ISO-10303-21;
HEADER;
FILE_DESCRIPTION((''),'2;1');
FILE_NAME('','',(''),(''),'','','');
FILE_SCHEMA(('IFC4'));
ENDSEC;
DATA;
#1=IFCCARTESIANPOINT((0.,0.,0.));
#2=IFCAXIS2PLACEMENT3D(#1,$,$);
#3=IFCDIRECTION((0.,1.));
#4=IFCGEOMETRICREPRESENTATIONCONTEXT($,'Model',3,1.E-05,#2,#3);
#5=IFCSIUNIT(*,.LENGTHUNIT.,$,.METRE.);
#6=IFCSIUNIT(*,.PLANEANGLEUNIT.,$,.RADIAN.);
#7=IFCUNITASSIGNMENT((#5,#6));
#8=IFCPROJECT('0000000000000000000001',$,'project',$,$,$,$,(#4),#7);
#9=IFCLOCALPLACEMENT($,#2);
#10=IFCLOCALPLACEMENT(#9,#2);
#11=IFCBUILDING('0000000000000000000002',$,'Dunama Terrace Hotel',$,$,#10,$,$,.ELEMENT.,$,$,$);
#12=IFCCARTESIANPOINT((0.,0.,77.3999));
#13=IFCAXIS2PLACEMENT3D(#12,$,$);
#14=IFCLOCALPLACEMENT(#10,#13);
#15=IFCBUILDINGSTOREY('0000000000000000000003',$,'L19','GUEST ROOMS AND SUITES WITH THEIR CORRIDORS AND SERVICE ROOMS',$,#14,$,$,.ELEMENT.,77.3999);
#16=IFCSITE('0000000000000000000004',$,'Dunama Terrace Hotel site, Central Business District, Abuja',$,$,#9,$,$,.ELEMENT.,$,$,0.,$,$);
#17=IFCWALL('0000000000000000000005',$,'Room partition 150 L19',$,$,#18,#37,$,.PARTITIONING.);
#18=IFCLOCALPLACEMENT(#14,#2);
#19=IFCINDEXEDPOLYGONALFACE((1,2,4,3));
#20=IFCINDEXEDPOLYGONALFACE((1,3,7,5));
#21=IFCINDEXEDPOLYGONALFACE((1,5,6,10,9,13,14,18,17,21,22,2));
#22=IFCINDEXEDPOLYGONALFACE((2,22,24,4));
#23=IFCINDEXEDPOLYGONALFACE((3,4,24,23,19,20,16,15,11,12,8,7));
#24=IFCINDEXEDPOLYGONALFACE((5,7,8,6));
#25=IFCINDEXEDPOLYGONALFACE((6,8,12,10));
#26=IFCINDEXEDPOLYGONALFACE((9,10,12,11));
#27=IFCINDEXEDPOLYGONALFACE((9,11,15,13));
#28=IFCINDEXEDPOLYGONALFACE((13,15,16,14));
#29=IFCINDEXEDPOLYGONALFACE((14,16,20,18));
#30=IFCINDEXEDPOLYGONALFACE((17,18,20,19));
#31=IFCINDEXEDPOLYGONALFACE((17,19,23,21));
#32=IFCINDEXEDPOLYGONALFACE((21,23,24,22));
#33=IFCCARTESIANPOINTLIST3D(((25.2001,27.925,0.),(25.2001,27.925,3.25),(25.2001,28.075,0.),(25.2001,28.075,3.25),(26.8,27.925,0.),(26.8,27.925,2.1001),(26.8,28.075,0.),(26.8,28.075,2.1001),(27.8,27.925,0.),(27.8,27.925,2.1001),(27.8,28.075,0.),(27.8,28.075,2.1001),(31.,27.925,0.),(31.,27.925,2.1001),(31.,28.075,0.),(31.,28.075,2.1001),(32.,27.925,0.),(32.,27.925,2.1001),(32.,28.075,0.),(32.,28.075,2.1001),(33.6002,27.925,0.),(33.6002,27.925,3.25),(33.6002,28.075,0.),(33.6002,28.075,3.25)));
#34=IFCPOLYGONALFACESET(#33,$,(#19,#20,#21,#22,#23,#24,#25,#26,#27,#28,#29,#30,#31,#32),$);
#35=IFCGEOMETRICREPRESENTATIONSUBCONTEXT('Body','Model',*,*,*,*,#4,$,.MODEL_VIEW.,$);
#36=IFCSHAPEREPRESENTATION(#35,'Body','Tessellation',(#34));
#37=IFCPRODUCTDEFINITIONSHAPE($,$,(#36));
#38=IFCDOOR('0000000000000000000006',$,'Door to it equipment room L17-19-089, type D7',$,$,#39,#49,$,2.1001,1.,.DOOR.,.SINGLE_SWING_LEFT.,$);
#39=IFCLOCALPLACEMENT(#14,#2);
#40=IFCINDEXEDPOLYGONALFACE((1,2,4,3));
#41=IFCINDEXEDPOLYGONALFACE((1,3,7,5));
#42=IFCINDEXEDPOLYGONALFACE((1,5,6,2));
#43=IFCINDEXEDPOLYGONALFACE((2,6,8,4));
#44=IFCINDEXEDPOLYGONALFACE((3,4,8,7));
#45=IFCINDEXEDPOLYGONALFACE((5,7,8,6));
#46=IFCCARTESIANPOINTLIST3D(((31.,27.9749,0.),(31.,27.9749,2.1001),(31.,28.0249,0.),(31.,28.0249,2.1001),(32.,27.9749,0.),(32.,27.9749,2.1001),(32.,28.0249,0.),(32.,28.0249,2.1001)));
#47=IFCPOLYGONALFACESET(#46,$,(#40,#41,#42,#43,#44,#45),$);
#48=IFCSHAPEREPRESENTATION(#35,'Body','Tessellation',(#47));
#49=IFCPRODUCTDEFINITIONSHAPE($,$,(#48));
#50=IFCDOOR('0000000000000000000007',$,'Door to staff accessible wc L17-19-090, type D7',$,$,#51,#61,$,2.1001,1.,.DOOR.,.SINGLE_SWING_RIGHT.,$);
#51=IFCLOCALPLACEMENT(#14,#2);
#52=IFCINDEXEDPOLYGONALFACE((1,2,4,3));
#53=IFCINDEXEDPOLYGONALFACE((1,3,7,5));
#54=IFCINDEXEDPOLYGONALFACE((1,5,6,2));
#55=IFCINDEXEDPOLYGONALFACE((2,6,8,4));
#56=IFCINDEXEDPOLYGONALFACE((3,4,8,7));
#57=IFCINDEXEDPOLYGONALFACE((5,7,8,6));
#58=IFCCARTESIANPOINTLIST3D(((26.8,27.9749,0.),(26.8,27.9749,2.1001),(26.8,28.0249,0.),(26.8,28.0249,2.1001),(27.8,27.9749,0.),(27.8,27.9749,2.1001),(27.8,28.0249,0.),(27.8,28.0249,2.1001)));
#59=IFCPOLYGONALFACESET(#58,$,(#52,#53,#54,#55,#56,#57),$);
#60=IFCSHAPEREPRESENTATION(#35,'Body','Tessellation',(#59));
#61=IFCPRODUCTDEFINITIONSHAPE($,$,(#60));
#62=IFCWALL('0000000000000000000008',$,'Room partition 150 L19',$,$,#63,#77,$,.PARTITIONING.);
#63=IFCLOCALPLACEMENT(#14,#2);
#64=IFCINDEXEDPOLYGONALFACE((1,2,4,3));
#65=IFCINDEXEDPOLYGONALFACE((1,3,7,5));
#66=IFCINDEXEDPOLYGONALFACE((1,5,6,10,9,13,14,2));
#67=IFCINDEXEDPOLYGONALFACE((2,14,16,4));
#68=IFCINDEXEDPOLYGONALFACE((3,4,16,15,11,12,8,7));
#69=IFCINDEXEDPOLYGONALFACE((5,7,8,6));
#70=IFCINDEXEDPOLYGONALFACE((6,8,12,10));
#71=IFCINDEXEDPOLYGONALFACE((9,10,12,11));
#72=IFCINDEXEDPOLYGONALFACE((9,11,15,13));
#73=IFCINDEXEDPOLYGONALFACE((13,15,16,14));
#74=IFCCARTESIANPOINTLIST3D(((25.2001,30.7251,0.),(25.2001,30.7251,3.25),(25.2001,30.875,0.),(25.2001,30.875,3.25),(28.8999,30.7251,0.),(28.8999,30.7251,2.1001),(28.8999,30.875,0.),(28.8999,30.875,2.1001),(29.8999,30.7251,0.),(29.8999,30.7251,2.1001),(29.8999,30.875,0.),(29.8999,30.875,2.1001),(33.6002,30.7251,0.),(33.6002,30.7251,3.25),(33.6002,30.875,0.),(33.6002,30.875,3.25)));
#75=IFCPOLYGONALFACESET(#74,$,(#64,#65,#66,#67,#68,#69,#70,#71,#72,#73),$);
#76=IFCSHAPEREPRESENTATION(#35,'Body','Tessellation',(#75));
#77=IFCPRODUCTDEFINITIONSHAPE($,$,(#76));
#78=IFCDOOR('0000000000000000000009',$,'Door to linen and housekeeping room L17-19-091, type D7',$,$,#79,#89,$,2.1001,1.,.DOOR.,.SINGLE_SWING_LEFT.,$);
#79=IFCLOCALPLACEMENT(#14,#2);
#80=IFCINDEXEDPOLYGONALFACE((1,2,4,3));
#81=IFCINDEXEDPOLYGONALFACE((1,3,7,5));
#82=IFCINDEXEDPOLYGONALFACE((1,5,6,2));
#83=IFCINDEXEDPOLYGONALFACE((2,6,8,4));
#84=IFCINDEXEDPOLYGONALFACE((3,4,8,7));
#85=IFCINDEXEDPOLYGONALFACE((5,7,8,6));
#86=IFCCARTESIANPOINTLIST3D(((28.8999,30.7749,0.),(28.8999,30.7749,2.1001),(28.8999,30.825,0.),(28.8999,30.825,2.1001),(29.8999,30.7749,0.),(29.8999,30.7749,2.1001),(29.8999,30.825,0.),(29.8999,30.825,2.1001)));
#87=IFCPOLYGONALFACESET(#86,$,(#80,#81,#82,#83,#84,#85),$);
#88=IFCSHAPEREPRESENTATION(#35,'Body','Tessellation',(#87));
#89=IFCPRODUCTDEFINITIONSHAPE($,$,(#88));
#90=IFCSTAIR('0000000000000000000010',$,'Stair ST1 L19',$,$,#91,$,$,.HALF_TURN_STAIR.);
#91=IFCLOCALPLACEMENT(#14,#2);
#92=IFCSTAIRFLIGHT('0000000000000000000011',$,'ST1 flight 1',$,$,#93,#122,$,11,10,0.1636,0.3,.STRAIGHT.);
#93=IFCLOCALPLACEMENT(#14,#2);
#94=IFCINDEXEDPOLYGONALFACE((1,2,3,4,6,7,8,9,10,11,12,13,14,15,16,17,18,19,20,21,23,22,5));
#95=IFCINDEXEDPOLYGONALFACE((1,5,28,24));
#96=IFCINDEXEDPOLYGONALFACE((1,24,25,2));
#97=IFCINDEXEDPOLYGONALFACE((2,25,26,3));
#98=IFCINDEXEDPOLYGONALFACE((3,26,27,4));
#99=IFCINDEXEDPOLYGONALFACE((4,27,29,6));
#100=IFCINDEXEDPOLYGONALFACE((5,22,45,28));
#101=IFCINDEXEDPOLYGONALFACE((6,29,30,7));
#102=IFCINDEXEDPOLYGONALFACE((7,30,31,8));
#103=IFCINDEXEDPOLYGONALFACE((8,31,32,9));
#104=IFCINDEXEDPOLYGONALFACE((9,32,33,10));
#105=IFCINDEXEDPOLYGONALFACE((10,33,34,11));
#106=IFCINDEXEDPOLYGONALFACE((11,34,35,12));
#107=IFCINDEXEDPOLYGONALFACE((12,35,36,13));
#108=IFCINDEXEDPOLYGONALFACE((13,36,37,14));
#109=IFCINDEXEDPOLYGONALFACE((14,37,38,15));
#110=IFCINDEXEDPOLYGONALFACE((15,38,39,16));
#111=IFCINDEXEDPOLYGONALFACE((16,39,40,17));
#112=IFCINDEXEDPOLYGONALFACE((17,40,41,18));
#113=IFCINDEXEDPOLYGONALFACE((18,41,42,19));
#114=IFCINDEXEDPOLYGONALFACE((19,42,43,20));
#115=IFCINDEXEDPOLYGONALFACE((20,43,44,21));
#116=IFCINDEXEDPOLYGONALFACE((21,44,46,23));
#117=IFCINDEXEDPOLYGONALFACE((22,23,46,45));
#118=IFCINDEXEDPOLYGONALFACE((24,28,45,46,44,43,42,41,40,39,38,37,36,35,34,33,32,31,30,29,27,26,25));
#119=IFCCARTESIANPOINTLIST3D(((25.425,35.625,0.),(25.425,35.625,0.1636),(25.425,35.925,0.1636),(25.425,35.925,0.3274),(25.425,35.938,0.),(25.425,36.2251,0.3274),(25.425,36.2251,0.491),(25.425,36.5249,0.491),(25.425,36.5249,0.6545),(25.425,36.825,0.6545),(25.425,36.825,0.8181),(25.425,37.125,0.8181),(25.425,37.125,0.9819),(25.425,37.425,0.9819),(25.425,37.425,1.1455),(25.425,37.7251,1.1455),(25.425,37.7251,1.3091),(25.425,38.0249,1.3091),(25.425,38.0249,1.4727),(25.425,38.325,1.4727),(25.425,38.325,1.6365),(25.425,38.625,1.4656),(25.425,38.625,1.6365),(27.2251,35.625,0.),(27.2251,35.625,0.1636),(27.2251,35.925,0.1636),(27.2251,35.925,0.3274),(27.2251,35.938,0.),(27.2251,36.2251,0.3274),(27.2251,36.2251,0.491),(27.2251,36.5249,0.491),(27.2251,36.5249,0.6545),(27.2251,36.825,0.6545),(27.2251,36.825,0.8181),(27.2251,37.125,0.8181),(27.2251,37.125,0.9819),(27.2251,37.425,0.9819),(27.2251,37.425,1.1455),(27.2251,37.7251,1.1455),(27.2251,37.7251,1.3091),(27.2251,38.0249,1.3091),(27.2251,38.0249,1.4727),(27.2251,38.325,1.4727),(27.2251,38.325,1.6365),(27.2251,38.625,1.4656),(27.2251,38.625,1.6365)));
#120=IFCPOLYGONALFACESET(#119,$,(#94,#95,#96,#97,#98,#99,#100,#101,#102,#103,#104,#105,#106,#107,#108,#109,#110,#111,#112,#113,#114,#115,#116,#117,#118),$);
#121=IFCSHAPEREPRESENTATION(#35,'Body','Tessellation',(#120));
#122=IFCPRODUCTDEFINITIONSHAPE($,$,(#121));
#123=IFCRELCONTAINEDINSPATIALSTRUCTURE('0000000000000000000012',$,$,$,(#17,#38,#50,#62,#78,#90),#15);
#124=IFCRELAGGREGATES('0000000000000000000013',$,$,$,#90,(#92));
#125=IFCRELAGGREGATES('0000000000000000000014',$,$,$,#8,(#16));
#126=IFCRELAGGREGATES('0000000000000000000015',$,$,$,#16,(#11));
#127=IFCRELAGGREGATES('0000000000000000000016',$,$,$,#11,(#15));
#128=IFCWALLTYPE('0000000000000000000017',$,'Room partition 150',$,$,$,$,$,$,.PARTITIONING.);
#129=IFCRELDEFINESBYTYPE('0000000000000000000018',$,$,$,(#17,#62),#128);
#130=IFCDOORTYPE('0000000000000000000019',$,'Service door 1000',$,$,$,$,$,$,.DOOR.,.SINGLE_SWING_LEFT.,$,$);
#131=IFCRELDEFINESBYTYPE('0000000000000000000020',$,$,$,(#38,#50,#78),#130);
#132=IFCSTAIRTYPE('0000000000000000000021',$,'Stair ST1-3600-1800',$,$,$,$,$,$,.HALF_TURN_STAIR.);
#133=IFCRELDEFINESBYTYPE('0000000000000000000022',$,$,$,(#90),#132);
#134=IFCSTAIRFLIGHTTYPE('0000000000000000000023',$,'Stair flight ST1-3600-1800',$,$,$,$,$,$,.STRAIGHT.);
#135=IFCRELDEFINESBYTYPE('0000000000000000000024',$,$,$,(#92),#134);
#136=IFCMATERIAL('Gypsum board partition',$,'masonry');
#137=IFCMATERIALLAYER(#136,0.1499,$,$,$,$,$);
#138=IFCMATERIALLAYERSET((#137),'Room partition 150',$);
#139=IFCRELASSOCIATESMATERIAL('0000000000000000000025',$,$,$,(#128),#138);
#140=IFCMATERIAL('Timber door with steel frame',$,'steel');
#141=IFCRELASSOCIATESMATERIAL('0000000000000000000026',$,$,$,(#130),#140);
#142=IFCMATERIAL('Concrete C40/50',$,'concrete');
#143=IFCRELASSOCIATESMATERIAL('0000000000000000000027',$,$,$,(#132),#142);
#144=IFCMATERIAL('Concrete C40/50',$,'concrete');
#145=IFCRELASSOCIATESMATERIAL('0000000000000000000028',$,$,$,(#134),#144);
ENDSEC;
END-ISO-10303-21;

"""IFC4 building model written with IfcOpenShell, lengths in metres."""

from ifc_helpers import new_model, si_unit, direction, frame, frame_2d, origin, place, context, subcontext, project, spatial, polyline, rectangle, outline, extrude, material, layer, layer_set, type_object, element, fill, aggregate, save


model = new_model("IFC4")

# Units and contexts
model_context = context("Model", 3, precision=1e-05, world=origin(), true_north=direction((0.0, 1.0)))
body_context = subcontext(model_context, "Body", "Model", "MODEL_VIEW")
ifc_project = project(units=[si_unit("LENGTHUNIT", "METRE"), si_unit("PLANEANGLEUNIT", "RADIAN")], contexts=[model_context])

# Site, building, storey
site_placement = place(None, origin())
site = spatial("IfcSite", under=ifc_project, at=site_placement, Name="Dunama Terrace Hotel site, Central Business District, Abuja", CompositionType="ELEMENT", RefElevation=0.0)
building_placement = place(site_placement, origin())
building = spatial("IfcBuilding", under=site, at=building_placement, Name="Dunama Terrace Hotel", CompositionType="ELEMENT")
storey_placement = place(building_placement, frame((0.0, 0.0, 77.3999)))
storey = spatial("IfcBuildingStorey", under=building, at=storey_placement, Name="L19", Description="GUEST ROOMS AND SUITES WITH THEIR CORRIDORS AND SERVICE ROOMS", CompositionType="ELEMENT", Elevation=77.3999)

# Wall, openings, doors
ifc_material_1 = material(Name="Gypsum board partition", Category="masonry")
ifc_layer_1 = layer(ifc_material_1, 0.1499)
ifc_layer_set_1 = layer_set([ifc_layer_1], Name="Room partition 150")
wall_type_1 = type_object("IfcWallType", Name="Room partition 150", PredefinedType="PARTITIONING", material=ifc_layer_set_1)
wall_1_placement = place(storey_placement, frame((25.2, 28.0, 0.0), z_axis=(0.0, 0.0, 1.0), x_axis=(1.0, 0.0, 0.0)))
wall_1 = element("IfcWall", 1, at=wall_1_placement, inside=storey, type_object=wall_type_1, Name="Room partition 150 L19", PredefinedType="PARTITIONING", context=body_context, shape_type="SweptSolid", body=[
    extrude(rectangle(XDim=8.4001, YDim=0.1499, at=frame_2d((4.2002, 0.0))), origin(), (0.0, 0.0, 1.0), 3.25),
])
opening_1_placement = place(wall_1_placement, frame((5.8, 0.0, 0.0)))
opening_1 = element("IfcOpeningElement", 2, at=opening_1_placement, cuts=wall_1, PredefinedType="OPENING", context=body_context, shape_type="SweptSolid", body=[
    extrude(rectangle(XDim=1.0, YDim=2.1001, at=frame_2d((0.5, 1.05))), frame((0.0, 0.085, 0.0), z_axis=(0.0, -1.0, 0.0), x_axis=(1.0, 0.0, 0.0)), (0.0, 0.0, 1.0), 0.1699),
])
opening_2_placement = place(wall_1_placement, frame((1.6001, 0.0, 0.0)))
opening_2 = element("IfcOpeningElement", 3, at=opening_2_placement, cuts=wall_1, PredefinedType="OPENING", context=body_context, shape_type="SweptSolid", body=[
    extrude(rectangle(XDim=1.0, YDim=2.1001, at=frame_2d((0.5, 1.05))), frame((0.0, 0.085, 0.0), z_axis=(0.0, -1.0, 0.0), x_axis=(1.0, 0.0, 0.0)), (0.0, 0.0, 1.0), 0.1699),
])
ifc_material_2 = material(Name="Timber door with steel frame", Category="steel")
door_type_1 = type_object("IfcDoorType", Name="Service door 1000", OperationType="SINGLE_SWING_LEFT", PredefinedType="DOOR", material=ifc_material_2)
door_1_placement = place(opening_1_placement, frame((1.0, 0.0, 0.0), z_axis=(0.0, 0.0, 1.0), x_axis=(-1.0, 0.0, 0.0)))
door_1 = element("IfcDoor", 4, at=door_1_placement, inside=storey, type_object=door_type_1, Name="Door to it equipment room L17-19-089, type D7", OperationType="SINGLE_SWING_LEFT", OverallHeight=2.1001, OverallWidth=1.0, PredefinedType="DOOR", context=body_context, shape_type="SweptSolid", body=[
    extrude(rectangle(XDim=1.0, YDim=2.1001, at=frame_2d((0.5, 1.05))), frame((0.0, 0.0251, 0.0), z_axis=(0.0, -1.0, 0.0), x_axis=(1.0, 0.0, 0.0)), (0.0, 0.0, 1.0), 0.05),
])
fill(opening_1, door_1)
door_2_placement = place(opening_2_placement, frame((1.0, 0.0, 0.0), z_axis=(0.0, 0.0, 1.0), x_axis=(-1.0, 0.0, 0.0)))
door_2 = element("IfcDoor", 5, at=door_2_placement, inside=storey, type_object=door_type_1, Name="Door to staff accessible wc L17-19-090, type D7", OperationType="SINGLE_SWING_RIGHT", OverallHeight=2.1001, OverallWidth=1.0, PredefinedType="DOOR", context=body_context, shape_type="SweptSolid", body=[
    extrude(rectangle(XDim=1.0, YDim=2.1001, at=frame_2d((0.5, 1.05))), frame((0.0, 0.0251, 0.0), z_axis=(0.0, -1.0, 0.0), x_axis=(1.0, 0.0, 0.0)), (0.0, 0.0, 1.0), 0.05),
])
fill(opening_2, door_2)

# Wall, opening, door
wall_2_placement = place(storey_placement, frame((25.2, 30.8, 0.0), z_axis=(0.0, 0.0, 1.0), x_axis=(1.0, 0.0, 0.0)))
wall_2 = element("IfcWall", 6, at=wall_2_placement, inside=storey, type_object=wall_type_1, Name="Room partition 150 L19", PredefinedType="PARTITIONING", context=body_context, shape_type="SweptSolid", body=[
    extrude(rectangle(XDim=8.4001, YDim=0.1499, at=frame_2d((4.2002, 0.0))), origin(), (0.0, 0.0, 1.0), 3.25),
])
opening_3_placement = place(wall_2_placement, frame((3.7, 0.0, 0.0)))
opening_3 = element("IfcOpeningElement", 7, at=opening_3_placement, cuts=wall_2, PredefinedType="OPENING", context=body_context, shape_type="SweptSolid", body=[
    extrude(rectangle(XDim=1.0, YDim=2.1001, at=frame_2d((0.5, 1.05))), frame((0.0, 0.085, 0.0), z_axis=(0.0, -1.0, 0.0), x_axis=(1.0, 0.0, 0.0)), (0.0, 0.0, 1.0), 0.1699),
])
door_3_placement = place(opening_3_placement, origin())
door_3 = element("IfcDoor", 8, at=door_3_placement, inside=storey, type_object=door_type_1, Name="Door to linen and housekeeping room L17-19-091, type D7", OperationType="SINGLE_SWING_LEFT", OverallHeight=2.1001, OverallWidth=1.0, PredefinedType="DOOR", context=body_context, shape_type="SweptSolid", body=[
    extrude(rectangle(XDim=1.0, YDim=2.1001, at=frame_2d((0.5, 1.05))), frame((0.0, 0.0249, 0.0), z_axis=(0.0, -1.0, 0.0), x_axis=(1.0, 0.0, 0.0)), (0.0, 0.0, 1.0), 0.05),
])
fill(opening_3, door_3)

# Stair, stair flight
ifc_material_3 = material(Name="Concrete C40/50", Category="concrete")
stair_type = type_object("IfcStairType", Name="Stair ST1-3600-1800", PredefinedType="HALF_TURN_STAIR", material=ifc_material_3)
stair_placement = place(storey_placement, origin())
stair = element("IfcStair", 9, at=stair_placement, inside=storey, type_object=stair_type, Name="Stair ST1 L19", PredefinedType="HALF_TURN_STAIR")
ifc_material_4 = material(Name="Concrete C40/50", Category="concrete")
stair_flight_type = type_object("IfcStairFlightType", Name="Stair flight ST1-3600-1800", PredefinedType="STRAIGHT", material=ifc_material_4)
stair_flight_placement = place(storey_placement, frame((26.325, 35.625, 0.0), z_axis=(0.0, 0.0, 1.0), x_axis=(0.0, 1.0, 0.0)))
stair_flight = element("IfcStairFlight", 10, at=stair_flight_placement, type_object=stair_flight_type, Name="ST1 flight 1", NumberOfRisers=11, NumberOfTreads=10, PredefinedType="STRAIGHT", RiserHeight=0.1636, TreadLength=0.3, context=body_context, shape_type="SweptSolid", body=[
    extrude(outline(polyline([(0.0, 0.0), (0.0, 0.1636), (0.3, 0.1636), (0.3, 0.3274), (0.6001, 0.3274), (0.6001, 0.491), (0.8999, 0.491), (0.8999, 0.6545), (1.2, 0.6545), (1.2, 0.8181), (1.5, 0.8181), (1.5, 0.9819), (1.8, 0.9819), (1.8, 1.1455), (2.1001, 1.1455), (2.1001, 1.3091), (2.3999, 1.3091), (2.3999, 1.4727), (2.7, 1.4727), (2.7, 1.6365), (3.0, 1.6365), (3.0, 1.8), (3.0, 1.4656), (0.313, 0.0), (0.0, 0.0)])), frame((0.0, 0.8999, 0.0), z_axis=(0.0, -1.0, 0.0), x_axis=(1.0, 0.0, 0.0)), (0.0, 0.0, 1.0), 1.8),
])
aggregate(stair, [stair_flight])

save(model, "model.ifc")
